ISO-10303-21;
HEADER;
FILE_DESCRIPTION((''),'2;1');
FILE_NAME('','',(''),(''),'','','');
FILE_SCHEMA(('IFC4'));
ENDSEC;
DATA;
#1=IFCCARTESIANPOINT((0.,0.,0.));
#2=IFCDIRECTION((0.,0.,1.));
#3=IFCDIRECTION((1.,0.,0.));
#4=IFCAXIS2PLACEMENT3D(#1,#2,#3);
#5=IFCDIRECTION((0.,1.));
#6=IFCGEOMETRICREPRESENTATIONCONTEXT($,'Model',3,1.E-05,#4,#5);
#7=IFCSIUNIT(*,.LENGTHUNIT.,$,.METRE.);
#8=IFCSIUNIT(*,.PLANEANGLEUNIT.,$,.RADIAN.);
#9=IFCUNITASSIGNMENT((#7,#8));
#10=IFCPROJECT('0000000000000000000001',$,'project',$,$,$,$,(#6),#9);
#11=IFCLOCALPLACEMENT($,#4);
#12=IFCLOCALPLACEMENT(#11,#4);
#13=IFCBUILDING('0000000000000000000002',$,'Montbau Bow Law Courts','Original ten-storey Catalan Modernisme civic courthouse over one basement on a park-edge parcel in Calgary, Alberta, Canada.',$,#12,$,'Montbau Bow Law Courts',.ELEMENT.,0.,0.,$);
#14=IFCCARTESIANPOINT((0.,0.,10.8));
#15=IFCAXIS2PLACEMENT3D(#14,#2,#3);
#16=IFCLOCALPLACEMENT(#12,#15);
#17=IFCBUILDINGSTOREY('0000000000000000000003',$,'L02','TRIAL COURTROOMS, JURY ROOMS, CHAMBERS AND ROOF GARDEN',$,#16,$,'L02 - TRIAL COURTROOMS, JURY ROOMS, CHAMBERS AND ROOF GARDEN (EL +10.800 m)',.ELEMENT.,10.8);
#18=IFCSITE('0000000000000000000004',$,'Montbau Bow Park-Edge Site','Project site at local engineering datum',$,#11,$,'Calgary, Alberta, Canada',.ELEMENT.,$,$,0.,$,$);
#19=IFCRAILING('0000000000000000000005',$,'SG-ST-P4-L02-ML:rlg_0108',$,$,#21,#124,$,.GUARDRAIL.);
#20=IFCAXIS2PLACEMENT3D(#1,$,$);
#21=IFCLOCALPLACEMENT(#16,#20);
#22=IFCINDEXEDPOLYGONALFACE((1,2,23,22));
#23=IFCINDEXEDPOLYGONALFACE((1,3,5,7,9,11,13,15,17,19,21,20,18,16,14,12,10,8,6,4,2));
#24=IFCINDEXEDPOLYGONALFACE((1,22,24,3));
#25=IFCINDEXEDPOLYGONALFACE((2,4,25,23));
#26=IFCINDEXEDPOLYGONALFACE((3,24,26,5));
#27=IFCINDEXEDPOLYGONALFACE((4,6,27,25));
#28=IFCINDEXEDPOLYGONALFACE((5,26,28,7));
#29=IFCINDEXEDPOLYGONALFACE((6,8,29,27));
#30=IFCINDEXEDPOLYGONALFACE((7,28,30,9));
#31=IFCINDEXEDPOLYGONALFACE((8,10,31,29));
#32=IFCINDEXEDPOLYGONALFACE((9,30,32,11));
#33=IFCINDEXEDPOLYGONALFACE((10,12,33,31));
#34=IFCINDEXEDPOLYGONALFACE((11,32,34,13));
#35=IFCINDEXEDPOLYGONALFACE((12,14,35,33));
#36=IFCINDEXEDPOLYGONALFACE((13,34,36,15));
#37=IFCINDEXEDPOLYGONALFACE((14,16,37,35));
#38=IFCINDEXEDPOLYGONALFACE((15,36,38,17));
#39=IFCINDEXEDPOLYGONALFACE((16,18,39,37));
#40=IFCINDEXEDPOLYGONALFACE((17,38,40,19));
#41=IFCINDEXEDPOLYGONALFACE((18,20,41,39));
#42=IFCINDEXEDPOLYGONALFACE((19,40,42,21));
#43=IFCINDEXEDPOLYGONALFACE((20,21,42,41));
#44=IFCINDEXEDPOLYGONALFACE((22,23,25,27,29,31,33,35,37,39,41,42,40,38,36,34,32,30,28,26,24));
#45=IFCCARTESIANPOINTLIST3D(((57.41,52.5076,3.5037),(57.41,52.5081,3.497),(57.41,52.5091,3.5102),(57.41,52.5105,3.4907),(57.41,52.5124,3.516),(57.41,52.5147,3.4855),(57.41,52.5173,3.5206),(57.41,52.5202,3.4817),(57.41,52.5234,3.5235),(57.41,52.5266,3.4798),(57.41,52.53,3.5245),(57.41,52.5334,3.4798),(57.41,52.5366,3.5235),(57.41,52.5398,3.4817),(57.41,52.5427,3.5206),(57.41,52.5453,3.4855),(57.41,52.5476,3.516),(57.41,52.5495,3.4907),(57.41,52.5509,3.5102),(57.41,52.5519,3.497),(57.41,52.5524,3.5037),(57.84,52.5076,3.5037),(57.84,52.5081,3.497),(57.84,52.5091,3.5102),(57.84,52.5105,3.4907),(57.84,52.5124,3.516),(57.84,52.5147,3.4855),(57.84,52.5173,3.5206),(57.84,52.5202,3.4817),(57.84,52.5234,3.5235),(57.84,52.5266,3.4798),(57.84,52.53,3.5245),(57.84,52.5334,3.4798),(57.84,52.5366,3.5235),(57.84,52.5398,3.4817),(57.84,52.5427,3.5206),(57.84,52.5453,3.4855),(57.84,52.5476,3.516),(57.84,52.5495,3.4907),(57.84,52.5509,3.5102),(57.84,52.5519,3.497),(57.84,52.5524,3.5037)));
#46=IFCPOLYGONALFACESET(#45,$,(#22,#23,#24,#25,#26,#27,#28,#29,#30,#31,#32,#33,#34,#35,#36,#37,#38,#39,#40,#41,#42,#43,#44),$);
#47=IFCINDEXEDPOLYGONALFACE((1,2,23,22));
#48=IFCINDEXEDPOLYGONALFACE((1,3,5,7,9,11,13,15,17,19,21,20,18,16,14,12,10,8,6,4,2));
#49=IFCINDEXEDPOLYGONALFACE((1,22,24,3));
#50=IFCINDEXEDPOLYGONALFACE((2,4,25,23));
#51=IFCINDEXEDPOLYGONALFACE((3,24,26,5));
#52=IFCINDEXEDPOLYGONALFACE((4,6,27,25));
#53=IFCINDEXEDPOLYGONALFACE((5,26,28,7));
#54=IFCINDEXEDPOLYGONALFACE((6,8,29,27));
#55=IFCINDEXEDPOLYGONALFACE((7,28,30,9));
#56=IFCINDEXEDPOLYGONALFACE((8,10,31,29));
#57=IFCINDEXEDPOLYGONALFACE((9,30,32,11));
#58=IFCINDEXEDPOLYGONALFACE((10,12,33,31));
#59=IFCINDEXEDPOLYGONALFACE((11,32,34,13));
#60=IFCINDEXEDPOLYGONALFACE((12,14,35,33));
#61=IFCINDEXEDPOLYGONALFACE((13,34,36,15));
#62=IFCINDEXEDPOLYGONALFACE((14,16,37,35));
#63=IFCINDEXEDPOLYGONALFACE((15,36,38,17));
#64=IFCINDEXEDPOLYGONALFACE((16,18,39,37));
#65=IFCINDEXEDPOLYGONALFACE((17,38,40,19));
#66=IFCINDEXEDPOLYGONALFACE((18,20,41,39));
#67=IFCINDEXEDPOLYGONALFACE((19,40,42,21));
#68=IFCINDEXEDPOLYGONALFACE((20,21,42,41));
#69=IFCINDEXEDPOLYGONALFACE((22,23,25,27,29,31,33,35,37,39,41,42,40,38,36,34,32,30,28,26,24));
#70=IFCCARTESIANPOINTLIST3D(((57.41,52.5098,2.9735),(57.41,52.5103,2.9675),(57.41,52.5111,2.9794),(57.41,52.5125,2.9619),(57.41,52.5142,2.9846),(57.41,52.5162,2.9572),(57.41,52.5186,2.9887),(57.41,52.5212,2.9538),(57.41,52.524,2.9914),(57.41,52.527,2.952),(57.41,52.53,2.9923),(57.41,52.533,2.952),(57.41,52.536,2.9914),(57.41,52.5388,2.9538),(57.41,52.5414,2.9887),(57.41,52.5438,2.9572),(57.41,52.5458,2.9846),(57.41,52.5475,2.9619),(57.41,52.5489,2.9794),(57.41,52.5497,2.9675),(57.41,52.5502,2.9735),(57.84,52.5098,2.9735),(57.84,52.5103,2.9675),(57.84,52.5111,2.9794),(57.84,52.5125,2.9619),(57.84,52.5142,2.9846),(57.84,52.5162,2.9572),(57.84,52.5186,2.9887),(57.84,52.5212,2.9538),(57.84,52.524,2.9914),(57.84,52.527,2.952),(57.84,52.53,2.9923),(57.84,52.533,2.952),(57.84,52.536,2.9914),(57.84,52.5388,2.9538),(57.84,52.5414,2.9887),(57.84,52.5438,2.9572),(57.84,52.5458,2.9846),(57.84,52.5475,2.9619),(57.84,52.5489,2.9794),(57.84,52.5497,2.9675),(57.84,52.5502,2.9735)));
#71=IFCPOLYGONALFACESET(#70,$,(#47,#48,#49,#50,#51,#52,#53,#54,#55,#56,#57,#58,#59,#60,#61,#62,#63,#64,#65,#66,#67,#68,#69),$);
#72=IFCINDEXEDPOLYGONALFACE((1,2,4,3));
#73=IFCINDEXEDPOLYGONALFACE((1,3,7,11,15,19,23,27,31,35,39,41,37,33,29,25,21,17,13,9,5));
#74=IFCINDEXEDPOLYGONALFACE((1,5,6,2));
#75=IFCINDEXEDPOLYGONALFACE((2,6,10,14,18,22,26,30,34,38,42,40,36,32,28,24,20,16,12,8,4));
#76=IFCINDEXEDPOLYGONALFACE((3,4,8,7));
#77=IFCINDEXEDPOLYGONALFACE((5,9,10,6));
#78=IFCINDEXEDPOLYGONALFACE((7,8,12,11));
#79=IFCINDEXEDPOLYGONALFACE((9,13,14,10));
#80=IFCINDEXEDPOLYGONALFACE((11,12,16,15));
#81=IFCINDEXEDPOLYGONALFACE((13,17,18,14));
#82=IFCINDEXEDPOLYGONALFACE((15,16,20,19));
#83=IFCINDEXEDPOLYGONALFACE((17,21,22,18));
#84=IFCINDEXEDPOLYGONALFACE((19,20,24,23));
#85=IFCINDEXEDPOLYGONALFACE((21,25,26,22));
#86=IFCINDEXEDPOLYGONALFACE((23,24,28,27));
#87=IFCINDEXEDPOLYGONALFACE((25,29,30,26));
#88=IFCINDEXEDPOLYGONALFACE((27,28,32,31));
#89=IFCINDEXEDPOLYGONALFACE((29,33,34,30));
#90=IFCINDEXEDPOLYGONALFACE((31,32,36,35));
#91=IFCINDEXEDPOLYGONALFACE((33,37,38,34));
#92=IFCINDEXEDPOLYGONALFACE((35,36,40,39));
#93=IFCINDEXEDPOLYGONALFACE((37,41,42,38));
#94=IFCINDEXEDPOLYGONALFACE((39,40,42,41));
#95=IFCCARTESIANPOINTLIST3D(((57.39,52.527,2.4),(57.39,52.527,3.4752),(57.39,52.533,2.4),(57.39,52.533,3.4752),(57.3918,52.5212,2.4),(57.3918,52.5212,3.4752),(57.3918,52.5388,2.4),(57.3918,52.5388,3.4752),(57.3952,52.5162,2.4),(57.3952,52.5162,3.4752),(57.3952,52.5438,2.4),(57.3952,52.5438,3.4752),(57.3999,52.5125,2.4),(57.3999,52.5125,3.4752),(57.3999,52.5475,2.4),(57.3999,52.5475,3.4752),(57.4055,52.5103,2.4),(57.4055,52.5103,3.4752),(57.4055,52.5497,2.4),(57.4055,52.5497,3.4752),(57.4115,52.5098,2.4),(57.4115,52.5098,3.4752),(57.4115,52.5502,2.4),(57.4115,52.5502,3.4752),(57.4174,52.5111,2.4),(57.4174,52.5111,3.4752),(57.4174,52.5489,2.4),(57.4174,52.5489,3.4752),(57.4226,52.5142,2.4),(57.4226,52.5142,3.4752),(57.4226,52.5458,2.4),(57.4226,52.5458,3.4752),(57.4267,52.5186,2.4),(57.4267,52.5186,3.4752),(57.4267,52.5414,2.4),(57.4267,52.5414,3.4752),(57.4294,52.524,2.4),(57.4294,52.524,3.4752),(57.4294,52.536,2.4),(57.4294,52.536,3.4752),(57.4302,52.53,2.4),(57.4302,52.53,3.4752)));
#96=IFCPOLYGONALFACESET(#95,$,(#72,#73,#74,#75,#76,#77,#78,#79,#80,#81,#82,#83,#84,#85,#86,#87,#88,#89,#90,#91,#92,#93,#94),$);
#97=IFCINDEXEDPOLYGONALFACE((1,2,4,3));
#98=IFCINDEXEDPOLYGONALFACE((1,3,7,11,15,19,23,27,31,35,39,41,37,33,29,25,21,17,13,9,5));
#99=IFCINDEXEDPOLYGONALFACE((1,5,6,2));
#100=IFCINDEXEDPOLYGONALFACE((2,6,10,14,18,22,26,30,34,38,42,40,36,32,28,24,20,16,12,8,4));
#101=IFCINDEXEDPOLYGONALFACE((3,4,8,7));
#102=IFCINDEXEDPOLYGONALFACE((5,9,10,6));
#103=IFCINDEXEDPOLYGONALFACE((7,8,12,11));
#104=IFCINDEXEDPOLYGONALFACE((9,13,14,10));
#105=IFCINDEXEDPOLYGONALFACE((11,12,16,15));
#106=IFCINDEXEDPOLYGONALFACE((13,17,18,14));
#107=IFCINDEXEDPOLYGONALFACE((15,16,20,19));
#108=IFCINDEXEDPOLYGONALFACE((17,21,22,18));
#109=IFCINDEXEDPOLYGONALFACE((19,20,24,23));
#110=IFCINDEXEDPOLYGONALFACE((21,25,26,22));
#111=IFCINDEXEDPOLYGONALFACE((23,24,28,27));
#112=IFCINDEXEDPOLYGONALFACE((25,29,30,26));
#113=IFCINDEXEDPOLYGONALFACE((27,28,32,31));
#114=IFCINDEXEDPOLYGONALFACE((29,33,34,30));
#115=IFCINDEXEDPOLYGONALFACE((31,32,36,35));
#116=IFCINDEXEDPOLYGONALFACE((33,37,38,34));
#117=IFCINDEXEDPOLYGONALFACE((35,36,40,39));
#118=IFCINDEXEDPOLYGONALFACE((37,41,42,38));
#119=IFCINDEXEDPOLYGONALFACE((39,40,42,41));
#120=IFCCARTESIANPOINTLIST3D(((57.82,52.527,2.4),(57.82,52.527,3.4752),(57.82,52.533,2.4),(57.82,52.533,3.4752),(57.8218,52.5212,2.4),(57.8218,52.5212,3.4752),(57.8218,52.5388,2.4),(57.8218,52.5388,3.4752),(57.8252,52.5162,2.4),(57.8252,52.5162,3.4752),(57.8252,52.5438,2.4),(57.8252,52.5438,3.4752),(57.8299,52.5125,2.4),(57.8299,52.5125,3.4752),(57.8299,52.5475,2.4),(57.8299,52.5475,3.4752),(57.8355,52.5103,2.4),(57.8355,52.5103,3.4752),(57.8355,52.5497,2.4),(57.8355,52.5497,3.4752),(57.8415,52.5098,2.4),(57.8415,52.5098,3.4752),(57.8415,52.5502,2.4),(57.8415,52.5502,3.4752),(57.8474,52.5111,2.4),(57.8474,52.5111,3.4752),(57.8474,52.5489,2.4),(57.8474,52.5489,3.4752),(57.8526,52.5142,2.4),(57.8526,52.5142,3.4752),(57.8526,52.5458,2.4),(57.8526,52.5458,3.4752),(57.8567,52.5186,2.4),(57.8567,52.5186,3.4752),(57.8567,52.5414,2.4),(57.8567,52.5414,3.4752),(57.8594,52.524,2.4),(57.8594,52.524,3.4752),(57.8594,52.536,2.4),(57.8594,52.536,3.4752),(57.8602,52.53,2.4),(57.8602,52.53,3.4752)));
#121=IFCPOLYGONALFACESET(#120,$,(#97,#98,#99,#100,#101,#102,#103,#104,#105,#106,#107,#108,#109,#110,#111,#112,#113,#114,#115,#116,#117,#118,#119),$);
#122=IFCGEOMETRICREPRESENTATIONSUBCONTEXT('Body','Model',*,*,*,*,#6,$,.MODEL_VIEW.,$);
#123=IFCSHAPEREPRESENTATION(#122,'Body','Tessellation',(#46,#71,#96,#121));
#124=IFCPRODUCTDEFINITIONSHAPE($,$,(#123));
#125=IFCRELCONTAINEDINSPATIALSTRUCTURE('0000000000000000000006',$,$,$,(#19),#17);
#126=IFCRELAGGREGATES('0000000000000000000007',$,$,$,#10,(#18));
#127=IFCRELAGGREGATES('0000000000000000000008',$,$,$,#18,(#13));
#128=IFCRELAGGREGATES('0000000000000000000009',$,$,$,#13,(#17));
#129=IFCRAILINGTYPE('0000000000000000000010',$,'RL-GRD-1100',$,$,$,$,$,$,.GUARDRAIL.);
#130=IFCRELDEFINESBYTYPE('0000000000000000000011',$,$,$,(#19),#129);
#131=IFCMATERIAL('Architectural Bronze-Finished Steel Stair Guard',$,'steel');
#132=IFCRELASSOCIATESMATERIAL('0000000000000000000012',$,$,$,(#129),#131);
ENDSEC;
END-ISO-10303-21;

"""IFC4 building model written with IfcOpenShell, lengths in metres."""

from ifc_helpers import new_model, si_unit, direction, frame, origin_with_axes, origin_2d_with_axis, place, context, subcontext, project, spatial, circle, extrude, material, type_object, element, save


model = new_model("IFC4")

# Units and contexts
model_context = context("Model", 3, precision=1e-05, world=origin_with_axes(), true_north=direction((0.0, 1.0)))
body_context = subcontext(model_context, "Body", "Model", "MODEL_VIEW")
ifc_project = project(units=[si_unit("LENGTHUNIT", "METRE"), si_unit("PLANEANGLEUNIT", "RADIAN")], contexts=[model_context])

# Site, building, storey
site_placement = place(None, origin_with_axes())
site = spatial("IfcSite", under=ifc_project, at=site_placement, Name="Montbau Bow Park-Edge Site", Description="Project site at local engineering datum", LongName="Calgary, Alberta, Canada", CompositionType="ELEMENT", RefElevation=0.0)
building_placement = place(site_placement, origin_with_axes())
building = spatial("IfcBuilding", under=site, at=building_placement, Name="Montbau Bow Law Courts", Description="Original ten-storey Catalan Modernisme civic courthouse over one basement on a park-edge parcel in Calgary, Alberta, Canada.", LongName="Montbau Bow Law Courts", CompositionType="ELEMENT", ElevationOfRefHeight=0.0, ElevationOfTerrain=0.0)
storey_placement = place(building_placement, frame((0.0, 0.0, 10.8), z_axis=(0.0, 0.0, 1.0), x_axis=(1.0, 0.0, 0.0)))
storey = spatial("IfcBuildingStorey", under=building, at=storey_placement, Name="L02", Description="TRIAL COURTROOMS, JURY ROOMS, CHAMBERS AND ROOF GARDEN", LongName="L02 - TRIAL COURTROOMS, JURY ROOMS, CHAMBERS AND ROOF GARDEN (EL +10.800 m)", CompositionType="ELEMENT", Elevation=10.8)

# Railing
ifc_material_1 = material(Name="Architectural Bronze-Finished Steel Stair Guard", Category="steel")
railing_type_1 = type_object("IfcRailingType", Name="RL-GRD-1100", PredefinedType="GUARDRAIL", material=ifc_material_1)
railing_1_placement = place(None, origin_with_axes())
element("IfcRailing", 1, at=railing_1_placement, inside=storey, type_object=railing_type_1, Name="SG-ST-P4-L02-ML:rlg_0108", PredefinedType="GUARDRAIL", context=body_context, shape_type="SweptSolid", body=[
    extrude(circle(Radius=0.0225, at=origin_2d_with_axis()), frame((57.41, 52.53, 14.302), z_axis=(1.0, 0.0, 0.0), x_axis=(0.0, 0.0, 1.0)), (0.0, 0.0, 1.0), 0.43),
    extrude(circle(Radius=0.0203, at=origin_2d_with_axis()), frame((57.41, 52.53, 13.772), z_axis=(1.0, 0.0, 0.0), x_axis=(0.0, 0.0, 1.0)), (0.0, 0.0, 1.0), 0.43),
    extrude(circle(Radius=0.0203, at=origin_2d_with_axis()), frame((57.41, 52.53, 13.2), z_axis=(0.0, 0.0, 1.0), x_axis=(1.0, 0.0, 0.0)), (0.0, 0.0, 1.0), 1.0753),
    extrude(circle(Radius=0.0203, at=origin_2d_with_axis()), frame((57.84, 52.53, 13.2), z_axis=(0.0, 0.0, 1.0), x_axis=(1.0, 0.0, 0.0)), (0.0, 0.0, 1.0), 1.0753),
])

save(model, "model.ifc")
